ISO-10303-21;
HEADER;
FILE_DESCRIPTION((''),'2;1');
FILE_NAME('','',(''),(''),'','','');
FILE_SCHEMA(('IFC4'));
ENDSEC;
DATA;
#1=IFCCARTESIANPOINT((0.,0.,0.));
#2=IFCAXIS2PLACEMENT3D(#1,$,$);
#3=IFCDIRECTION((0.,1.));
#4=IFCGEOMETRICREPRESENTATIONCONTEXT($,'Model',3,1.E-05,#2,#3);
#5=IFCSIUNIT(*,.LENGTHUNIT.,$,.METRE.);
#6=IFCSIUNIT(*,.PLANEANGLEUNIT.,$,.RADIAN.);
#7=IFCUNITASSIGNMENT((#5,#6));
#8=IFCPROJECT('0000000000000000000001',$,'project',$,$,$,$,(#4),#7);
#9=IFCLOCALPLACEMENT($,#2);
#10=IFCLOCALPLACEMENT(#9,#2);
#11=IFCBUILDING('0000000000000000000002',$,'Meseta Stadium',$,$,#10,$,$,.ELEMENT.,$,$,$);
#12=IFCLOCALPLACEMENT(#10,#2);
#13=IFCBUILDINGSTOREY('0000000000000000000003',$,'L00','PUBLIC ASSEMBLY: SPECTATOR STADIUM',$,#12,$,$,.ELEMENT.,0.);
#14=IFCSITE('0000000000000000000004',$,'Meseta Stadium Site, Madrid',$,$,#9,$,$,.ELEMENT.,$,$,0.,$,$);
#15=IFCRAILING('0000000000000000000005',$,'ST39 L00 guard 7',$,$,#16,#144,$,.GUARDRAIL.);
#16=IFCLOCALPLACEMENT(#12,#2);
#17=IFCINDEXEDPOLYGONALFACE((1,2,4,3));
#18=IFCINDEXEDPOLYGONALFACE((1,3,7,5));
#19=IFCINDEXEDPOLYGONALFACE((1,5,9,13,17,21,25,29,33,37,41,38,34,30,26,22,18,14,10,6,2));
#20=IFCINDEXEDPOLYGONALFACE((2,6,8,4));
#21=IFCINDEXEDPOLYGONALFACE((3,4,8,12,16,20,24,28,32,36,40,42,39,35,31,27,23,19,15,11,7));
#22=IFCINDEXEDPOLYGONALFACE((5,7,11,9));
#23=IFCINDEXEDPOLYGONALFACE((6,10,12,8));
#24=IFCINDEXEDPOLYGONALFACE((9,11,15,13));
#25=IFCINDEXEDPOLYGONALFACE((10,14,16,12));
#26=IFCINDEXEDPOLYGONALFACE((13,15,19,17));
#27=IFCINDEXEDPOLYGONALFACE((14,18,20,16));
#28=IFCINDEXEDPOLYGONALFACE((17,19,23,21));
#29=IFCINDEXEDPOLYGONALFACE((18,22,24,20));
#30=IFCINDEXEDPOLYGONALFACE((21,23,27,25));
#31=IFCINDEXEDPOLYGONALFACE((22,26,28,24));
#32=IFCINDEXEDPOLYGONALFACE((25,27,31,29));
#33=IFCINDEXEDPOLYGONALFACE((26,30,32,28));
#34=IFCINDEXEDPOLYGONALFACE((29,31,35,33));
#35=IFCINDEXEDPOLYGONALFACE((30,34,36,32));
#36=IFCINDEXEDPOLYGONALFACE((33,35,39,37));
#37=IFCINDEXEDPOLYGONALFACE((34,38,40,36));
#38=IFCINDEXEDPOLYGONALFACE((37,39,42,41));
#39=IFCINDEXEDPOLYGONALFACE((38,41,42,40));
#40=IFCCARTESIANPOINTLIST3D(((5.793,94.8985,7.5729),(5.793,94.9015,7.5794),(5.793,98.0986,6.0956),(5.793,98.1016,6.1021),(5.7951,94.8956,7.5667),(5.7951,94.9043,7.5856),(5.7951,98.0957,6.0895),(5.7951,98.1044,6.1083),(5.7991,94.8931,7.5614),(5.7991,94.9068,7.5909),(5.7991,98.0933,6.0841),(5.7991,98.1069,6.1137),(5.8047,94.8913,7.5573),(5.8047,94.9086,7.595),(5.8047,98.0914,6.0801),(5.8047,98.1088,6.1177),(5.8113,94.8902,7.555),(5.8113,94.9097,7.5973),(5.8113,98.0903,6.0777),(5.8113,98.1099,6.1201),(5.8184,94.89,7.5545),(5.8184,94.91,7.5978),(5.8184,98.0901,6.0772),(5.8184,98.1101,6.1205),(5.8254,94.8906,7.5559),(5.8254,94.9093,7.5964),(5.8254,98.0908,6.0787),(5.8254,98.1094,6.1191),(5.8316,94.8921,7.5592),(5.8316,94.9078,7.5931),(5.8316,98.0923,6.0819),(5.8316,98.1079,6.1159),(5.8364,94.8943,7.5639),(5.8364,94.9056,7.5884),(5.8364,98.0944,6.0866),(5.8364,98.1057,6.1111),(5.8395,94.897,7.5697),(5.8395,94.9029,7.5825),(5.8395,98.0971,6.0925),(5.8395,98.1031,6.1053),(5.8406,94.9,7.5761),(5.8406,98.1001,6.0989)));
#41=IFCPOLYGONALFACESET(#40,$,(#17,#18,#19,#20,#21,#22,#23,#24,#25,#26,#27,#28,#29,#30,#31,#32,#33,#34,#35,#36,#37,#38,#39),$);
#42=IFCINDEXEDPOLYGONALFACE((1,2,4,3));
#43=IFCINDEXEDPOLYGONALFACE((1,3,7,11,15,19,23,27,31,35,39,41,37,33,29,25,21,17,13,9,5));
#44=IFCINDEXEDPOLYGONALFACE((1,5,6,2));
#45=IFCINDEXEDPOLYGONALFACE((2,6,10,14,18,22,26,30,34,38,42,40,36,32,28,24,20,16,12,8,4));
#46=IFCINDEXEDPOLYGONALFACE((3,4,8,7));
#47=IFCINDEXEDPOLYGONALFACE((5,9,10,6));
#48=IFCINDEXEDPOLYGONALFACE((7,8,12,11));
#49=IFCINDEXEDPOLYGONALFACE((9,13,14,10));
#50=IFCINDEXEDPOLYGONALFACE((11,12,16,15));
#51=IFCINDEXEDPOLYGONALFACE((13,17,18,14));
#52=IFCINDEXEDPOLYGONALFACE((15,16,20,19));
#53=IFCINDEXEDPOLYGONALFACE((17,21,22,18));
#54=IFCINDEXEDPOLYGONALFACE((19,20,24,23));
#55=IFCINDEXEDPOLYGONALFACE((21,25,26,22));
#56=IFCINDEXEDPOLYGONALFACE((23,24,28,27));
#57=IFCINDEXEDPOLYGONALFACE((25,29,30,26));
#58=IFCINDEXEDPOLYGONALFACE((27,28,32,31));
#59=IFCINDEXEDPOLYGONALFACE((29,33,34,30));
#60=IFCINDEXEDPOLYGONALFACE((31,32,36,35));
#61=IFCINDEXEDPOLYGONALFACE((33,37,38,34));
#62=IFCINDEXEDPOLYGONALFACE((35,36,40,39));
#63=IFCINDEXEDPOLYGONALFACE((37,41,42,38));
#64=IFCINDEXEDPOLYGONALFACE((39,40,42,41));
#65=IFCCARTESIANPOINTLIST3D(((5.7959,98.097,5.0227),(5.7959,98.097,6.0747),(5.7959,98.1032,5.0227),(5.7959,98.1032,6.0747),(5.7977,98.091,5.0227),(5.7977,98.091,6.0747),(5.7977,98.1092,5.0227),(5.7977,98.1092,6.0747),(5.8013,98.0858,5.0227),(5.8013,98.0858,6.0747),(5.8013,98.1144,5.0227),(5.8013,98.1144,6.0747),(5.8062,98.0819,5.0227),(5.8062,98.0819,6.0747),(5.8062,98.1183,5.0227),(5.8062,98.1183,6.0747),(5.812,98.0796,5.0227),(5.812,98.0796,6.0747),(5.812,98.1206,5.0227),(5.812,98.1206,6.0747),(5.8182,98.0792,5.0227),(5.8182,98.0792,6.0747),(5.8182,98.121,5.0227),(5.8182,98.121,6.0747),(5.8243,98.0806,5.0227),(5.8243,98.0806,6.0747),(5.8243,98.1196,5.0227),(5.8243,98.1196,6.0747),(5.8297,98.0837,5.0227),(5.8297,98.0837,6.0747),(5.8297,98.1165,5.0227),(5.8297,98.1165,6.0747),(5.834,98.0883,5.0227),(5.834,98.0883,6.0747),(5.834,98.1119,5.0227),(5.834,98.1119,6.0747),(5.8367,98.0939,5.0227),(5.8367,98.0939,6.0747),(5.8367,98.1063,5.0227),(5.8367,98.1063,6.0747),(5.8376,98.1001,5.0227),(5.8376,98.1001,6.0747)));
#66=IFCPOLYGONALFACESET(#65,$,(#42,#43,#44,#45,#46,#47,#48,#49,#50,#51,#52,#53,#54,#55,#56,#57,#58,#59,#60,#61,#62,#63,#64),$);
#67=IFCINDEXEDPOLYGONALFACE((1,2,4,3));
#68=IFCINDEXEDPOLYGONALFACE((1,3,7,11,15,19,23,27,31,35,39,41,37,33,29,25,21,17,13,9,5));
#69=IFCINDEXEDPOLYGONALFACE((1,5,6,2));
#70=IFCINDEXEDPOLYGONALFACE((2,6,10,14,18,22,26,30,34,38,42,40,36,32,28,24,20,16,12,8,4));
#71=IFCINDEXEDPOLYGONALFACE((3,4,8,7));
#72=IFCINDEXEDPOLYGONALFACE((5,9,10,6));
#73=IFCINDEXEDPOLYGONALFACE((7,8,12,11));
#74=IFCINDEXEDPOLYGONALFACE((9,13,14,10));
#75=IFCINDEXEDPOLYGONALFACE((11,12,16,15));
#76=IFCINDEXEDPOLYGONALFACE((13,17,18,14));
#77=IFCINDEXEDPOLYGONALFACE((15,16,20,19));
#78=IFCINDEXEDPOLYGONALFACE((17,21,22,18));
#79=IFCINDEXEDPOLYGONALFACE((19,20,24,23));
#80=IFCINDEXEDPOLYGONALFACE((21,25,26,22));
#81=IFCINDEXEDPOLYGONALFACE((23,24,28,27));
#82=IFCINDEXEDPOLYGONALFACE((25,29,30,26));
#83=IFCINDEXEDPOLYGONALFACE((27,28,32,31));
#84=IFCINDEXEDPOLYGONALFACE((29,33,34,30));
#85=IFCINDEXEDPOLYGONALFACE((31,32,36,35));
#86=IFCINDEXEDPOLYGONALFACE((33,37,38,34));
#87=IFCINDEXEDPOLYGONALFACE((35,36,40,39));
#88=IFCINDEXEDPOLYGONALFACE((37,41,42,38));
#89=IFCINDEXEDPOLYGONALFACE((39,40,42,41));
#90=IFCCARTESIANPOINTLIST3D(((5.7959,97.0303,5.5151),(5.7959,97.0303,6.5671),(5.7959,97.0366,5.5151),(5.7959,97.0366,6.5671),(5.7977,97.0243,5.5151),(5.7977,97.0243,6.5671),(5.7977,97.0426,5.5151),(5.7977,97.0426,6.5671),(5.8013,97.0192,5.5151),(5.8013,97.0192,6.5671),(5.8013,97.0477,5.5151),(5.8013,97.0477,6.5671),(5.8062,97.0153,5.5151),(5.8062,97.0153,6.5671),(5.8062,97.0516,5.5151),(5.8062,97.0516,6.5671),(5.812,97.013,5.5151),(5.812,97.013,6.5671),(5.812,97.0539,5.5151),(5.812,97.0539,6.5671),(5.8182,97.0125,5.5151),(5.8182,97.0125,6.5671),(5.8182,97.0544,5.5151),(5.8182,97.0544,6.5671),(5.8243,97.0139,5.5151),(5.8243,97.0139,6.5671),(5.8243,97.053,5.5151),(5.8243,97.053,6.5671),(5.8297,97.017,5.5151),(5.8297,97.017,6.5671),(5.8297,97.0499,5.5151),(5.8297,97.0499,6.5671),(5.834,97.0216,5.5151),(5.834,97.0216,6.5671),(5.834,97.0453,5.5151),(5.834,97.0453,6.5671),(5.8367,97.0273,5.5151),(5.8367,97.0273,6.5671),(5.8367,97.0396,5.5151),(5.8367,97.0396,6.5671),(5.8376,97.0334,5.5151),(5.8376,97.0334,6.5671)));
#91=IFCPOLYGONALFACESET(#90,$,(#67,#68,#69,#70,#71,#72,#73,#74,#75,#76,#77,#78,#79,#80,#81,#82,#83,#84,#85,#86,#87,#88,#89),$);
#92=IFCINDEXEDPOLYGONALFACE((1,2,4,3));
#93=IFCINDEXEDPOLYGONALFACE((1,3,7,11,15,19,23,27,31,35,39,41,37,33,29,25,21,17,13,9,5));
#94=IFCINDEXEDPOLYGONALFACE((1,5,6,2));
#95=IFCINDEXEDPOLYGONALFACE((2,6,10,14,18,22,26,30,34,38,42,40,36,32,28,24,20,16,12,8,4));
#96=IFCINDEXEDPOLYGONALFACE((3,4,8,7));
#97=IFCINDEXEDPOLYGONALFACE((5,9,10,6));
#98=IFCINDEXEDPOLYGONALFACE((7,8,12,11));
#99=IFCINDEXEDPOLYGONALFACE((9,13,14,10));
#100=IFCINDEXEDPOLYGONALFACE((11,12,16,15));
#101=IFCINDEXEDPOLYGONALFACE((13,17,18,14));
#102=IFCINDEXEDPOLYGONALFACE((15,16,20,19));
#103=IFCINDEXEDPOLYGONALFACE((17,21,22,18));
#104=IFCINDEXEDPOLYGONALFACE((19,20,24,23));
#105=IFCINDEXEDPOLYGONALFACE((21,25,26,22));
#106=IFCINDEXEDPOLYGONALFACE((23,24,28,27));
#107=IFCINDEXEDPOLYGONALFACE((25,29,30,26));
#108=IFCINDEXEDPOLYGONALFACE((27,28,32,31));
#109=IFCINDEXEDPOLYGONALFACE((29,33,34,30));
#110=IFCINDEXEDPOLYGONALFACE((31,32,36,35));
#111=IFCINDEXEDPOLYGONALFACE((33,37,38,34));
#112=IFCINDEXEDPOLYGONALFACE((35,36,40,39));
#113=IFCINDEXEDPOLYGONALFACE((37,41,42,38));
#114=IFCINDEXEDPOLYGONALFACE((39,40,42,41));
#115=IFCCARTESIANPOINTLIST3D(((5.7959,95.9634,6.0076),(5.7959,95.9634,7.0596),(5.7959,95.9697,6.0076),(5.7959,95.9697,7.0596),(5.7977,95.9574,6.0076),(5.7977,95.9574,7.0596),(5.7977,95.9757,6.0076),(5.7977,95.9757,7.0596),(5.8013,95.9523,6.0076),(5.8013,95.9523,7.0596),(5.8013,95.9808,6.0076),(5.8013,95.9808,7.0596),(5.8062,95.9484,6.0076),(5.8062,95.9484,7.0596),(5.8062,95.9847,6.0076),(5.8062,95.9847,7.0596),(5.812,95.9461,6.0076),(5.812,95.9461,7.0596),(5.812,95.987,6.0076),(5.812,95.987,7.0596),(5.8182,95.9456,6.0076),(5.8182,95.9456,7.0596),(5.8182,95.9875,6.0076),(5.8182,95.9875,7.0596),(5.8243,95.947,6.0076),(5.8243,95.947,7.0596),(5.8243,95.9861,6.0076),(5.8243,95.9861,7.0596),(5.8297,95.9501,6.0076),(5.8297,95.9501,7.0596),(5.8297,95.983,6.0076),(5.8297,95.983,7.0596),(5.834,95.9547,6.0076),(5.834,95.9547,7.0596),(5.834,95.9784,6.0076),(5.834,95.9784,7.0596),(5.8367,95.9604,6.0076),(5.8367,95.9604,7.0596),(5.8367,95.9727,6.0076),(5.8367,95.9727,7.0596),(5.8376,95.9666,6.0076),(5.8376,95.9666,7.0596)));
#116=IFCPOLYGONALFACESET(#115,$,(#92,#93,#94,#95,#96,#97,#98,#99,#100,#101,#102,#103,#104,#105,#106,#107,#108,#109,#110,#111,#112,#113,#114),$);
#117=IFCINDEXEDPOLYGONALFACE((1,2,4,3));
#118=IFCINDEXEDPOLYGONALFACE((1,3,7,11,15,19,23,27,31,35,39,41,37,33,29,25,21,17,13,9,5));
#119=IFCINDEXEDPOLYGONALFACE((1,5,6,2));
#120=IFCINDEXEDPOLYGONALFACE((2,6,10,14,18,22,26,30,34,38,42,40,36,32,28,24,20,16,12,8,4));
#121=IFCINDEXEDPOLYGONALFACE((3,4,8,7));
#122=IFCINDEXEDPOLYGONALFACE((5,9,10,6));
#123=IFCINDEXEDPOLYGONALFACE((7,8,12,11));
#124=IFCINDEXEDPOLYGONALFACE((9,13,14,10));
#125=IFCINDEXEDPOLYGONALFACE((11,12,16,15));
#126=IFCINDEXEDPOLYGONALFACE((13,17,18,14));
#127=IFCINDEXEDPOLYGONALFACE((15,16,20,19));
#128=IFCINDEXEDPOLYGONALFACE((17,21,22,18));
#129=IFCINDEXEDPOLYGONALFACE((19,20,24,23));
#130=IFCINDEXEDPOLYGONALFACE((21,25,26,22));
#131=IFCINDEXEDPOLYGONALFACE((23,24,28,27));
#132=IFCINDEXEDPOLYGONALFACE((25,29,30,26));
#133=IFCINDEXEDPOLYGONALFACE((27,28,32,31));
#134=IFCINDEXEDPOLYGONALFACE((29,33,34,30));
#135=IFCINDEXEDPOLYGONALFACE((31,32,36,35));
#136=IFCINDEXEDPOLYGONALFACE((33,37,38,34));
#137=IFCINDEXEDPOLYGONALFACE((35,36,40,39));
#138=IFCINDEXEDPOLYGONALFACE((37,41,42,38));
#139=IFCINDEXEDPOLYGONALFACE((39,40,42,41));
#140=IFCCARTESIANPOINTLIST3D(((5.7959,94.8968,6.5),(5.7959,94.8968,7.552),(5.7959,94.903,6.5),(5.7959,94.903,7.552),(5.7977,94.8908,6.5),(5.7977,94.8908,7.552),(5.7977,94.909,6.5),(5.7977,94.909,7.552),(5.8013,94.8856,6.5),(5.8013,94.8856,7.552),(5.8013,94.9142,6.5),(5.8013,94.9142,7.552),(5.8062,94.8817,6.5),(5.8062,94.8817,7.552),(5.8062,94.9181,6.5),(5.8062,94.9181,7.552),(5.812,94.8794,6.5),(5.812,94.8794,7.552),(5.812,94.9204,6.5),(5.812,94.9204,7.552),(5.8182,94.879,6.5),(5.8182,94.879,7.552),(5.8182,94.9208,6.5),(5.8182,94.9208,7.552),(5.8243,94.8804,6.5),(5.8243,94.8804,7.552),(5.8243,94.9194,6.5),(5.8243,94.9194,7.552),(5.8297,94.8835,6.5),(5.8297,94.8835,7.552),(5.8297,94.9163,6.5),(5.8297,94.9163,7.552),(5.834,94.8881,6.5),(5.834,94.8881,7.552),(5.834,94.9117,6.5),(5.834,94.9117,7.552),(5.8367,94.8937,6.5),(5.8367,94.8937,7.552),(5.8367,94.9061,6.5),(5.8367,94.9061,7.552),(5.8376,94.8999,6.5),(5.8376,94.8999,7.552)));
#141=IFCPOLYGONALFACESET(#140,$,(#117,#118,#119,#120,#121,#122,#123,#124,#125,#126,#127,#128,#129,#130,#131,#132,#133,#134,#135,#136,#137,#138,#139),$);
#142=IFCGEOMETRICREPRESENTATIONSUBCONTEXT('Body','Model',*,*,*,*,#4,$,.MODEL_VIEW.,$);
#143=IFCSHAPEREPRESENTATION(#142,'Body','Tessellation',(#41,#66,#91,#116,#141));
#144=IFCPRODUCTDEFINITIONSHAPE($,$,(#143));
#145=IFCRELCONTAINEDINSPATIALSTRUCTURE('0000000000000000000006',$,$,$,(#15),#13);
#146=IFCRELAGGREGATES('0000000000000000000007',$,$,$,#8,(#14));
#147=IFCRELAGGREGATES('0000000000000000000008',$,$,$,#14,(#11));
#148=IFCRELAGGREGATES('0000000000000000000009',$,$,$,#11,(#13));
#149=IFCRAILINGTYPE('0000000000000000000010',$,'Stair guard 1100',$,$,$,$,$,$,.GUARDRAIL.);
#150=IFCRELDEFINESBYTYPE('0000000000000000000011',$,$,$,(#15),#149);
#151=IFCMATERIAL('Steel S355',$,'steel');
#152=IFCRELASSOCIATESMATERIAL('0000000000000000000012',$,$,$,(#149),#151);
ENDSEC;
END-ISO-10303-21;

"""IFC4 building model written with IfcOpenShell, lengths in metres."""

from ifc_helpers import new_model, si_unit, direction, frame, origin, origin_2d, place, context, subcontext, project, spatial, circle, extrude, material, type_object, element, save


model = new_model("IFC4")

# Units and contexts
model_context = context("Model", 3, precision=1e-05, world=origin(), true_north=direction((0.0, 1.0)))
body_context = subcontext(model_context, "Body", "Model", "MODEL_VIEW")
ifc_project = project(units=[si_unit("LENGTHUNIT", "METRE"), si_unit("PLANEANGLEUNIT", "RADIAN")], contexts=[model_context])

# Site, building, storey
site_placement = place(None, origin())
site = spatial("IfcSite", under=ifc_project, at=site_placement, Name="Meseta Stadium Site, Madrid", CompositionType="ELEMENT", RefElevation=0.0)
building_placement = place(site_placement, origin())
building = spatial("IfcBuilding", under=site, at=building_placement, Name="Meseta Stadium", CompositionType="ELEMENT")
storey_placement = place(building_placement, origin())
storey = spatial("IfcBuildingStorey", under=building, at=storey_placement, Name="L00", Description="PUBLIC ASSEMBLY: SPECTATOR STADIUM", CompositionType="ELEMENT", Elevation=0.0)

# Railing
ifc_material_1 = material(Name="Steel S355", Category="steel")
railing_type_1 = type_object("IfcRailingType", Name="Stair guard 1100", PredefinedType="GUARDRAIL", material=ifc_material_1)
railing_1_placement = place(storey_placement, frame((5.8167, 98.1001, 5.0227)))
element("IfcRailing", 1, at=railing_1_placement, inside=storey, type_object=railing_type_1, Name="ST39 L00 guard 7", PredefinedType="GUARDRAIL", context=body_context, shape_type="SweptSolid", body=[
    extrude(circle(Radius=0.0239, at=origin_2d()), frame((0.0, 0.0, 1.0762), z_axis=(0.0, -0.907929, 0.419124), x_axis=(1.0, 0.0, 0.0)), (0.0, 0.0, 1.0), 3.5247),
    extrude(circle(Radius=0.021, at=origin_2d()), origin(), (0.0, 0.0, 1.0), 1.052),
    extrude(circle(Radius=0.021, at=origin_2d()), frame((0.0, -1.0667, 0.4924)), (0.0, 0.0, 1.0), 1.052),
    extrude(circle(Radius=0.021, at=origin_2d()), frame((0.0, -2.1335, 0.9849)), (0.0, 0.0, 1.0), 1.052),
    extrude(circle(Radius=0.021, at=origin_2d()), frame((0.0, -3.2002, 1.4773)), (0.0, 0.0, 1.0), 1.052),
])

save(model, "model.ifc")
